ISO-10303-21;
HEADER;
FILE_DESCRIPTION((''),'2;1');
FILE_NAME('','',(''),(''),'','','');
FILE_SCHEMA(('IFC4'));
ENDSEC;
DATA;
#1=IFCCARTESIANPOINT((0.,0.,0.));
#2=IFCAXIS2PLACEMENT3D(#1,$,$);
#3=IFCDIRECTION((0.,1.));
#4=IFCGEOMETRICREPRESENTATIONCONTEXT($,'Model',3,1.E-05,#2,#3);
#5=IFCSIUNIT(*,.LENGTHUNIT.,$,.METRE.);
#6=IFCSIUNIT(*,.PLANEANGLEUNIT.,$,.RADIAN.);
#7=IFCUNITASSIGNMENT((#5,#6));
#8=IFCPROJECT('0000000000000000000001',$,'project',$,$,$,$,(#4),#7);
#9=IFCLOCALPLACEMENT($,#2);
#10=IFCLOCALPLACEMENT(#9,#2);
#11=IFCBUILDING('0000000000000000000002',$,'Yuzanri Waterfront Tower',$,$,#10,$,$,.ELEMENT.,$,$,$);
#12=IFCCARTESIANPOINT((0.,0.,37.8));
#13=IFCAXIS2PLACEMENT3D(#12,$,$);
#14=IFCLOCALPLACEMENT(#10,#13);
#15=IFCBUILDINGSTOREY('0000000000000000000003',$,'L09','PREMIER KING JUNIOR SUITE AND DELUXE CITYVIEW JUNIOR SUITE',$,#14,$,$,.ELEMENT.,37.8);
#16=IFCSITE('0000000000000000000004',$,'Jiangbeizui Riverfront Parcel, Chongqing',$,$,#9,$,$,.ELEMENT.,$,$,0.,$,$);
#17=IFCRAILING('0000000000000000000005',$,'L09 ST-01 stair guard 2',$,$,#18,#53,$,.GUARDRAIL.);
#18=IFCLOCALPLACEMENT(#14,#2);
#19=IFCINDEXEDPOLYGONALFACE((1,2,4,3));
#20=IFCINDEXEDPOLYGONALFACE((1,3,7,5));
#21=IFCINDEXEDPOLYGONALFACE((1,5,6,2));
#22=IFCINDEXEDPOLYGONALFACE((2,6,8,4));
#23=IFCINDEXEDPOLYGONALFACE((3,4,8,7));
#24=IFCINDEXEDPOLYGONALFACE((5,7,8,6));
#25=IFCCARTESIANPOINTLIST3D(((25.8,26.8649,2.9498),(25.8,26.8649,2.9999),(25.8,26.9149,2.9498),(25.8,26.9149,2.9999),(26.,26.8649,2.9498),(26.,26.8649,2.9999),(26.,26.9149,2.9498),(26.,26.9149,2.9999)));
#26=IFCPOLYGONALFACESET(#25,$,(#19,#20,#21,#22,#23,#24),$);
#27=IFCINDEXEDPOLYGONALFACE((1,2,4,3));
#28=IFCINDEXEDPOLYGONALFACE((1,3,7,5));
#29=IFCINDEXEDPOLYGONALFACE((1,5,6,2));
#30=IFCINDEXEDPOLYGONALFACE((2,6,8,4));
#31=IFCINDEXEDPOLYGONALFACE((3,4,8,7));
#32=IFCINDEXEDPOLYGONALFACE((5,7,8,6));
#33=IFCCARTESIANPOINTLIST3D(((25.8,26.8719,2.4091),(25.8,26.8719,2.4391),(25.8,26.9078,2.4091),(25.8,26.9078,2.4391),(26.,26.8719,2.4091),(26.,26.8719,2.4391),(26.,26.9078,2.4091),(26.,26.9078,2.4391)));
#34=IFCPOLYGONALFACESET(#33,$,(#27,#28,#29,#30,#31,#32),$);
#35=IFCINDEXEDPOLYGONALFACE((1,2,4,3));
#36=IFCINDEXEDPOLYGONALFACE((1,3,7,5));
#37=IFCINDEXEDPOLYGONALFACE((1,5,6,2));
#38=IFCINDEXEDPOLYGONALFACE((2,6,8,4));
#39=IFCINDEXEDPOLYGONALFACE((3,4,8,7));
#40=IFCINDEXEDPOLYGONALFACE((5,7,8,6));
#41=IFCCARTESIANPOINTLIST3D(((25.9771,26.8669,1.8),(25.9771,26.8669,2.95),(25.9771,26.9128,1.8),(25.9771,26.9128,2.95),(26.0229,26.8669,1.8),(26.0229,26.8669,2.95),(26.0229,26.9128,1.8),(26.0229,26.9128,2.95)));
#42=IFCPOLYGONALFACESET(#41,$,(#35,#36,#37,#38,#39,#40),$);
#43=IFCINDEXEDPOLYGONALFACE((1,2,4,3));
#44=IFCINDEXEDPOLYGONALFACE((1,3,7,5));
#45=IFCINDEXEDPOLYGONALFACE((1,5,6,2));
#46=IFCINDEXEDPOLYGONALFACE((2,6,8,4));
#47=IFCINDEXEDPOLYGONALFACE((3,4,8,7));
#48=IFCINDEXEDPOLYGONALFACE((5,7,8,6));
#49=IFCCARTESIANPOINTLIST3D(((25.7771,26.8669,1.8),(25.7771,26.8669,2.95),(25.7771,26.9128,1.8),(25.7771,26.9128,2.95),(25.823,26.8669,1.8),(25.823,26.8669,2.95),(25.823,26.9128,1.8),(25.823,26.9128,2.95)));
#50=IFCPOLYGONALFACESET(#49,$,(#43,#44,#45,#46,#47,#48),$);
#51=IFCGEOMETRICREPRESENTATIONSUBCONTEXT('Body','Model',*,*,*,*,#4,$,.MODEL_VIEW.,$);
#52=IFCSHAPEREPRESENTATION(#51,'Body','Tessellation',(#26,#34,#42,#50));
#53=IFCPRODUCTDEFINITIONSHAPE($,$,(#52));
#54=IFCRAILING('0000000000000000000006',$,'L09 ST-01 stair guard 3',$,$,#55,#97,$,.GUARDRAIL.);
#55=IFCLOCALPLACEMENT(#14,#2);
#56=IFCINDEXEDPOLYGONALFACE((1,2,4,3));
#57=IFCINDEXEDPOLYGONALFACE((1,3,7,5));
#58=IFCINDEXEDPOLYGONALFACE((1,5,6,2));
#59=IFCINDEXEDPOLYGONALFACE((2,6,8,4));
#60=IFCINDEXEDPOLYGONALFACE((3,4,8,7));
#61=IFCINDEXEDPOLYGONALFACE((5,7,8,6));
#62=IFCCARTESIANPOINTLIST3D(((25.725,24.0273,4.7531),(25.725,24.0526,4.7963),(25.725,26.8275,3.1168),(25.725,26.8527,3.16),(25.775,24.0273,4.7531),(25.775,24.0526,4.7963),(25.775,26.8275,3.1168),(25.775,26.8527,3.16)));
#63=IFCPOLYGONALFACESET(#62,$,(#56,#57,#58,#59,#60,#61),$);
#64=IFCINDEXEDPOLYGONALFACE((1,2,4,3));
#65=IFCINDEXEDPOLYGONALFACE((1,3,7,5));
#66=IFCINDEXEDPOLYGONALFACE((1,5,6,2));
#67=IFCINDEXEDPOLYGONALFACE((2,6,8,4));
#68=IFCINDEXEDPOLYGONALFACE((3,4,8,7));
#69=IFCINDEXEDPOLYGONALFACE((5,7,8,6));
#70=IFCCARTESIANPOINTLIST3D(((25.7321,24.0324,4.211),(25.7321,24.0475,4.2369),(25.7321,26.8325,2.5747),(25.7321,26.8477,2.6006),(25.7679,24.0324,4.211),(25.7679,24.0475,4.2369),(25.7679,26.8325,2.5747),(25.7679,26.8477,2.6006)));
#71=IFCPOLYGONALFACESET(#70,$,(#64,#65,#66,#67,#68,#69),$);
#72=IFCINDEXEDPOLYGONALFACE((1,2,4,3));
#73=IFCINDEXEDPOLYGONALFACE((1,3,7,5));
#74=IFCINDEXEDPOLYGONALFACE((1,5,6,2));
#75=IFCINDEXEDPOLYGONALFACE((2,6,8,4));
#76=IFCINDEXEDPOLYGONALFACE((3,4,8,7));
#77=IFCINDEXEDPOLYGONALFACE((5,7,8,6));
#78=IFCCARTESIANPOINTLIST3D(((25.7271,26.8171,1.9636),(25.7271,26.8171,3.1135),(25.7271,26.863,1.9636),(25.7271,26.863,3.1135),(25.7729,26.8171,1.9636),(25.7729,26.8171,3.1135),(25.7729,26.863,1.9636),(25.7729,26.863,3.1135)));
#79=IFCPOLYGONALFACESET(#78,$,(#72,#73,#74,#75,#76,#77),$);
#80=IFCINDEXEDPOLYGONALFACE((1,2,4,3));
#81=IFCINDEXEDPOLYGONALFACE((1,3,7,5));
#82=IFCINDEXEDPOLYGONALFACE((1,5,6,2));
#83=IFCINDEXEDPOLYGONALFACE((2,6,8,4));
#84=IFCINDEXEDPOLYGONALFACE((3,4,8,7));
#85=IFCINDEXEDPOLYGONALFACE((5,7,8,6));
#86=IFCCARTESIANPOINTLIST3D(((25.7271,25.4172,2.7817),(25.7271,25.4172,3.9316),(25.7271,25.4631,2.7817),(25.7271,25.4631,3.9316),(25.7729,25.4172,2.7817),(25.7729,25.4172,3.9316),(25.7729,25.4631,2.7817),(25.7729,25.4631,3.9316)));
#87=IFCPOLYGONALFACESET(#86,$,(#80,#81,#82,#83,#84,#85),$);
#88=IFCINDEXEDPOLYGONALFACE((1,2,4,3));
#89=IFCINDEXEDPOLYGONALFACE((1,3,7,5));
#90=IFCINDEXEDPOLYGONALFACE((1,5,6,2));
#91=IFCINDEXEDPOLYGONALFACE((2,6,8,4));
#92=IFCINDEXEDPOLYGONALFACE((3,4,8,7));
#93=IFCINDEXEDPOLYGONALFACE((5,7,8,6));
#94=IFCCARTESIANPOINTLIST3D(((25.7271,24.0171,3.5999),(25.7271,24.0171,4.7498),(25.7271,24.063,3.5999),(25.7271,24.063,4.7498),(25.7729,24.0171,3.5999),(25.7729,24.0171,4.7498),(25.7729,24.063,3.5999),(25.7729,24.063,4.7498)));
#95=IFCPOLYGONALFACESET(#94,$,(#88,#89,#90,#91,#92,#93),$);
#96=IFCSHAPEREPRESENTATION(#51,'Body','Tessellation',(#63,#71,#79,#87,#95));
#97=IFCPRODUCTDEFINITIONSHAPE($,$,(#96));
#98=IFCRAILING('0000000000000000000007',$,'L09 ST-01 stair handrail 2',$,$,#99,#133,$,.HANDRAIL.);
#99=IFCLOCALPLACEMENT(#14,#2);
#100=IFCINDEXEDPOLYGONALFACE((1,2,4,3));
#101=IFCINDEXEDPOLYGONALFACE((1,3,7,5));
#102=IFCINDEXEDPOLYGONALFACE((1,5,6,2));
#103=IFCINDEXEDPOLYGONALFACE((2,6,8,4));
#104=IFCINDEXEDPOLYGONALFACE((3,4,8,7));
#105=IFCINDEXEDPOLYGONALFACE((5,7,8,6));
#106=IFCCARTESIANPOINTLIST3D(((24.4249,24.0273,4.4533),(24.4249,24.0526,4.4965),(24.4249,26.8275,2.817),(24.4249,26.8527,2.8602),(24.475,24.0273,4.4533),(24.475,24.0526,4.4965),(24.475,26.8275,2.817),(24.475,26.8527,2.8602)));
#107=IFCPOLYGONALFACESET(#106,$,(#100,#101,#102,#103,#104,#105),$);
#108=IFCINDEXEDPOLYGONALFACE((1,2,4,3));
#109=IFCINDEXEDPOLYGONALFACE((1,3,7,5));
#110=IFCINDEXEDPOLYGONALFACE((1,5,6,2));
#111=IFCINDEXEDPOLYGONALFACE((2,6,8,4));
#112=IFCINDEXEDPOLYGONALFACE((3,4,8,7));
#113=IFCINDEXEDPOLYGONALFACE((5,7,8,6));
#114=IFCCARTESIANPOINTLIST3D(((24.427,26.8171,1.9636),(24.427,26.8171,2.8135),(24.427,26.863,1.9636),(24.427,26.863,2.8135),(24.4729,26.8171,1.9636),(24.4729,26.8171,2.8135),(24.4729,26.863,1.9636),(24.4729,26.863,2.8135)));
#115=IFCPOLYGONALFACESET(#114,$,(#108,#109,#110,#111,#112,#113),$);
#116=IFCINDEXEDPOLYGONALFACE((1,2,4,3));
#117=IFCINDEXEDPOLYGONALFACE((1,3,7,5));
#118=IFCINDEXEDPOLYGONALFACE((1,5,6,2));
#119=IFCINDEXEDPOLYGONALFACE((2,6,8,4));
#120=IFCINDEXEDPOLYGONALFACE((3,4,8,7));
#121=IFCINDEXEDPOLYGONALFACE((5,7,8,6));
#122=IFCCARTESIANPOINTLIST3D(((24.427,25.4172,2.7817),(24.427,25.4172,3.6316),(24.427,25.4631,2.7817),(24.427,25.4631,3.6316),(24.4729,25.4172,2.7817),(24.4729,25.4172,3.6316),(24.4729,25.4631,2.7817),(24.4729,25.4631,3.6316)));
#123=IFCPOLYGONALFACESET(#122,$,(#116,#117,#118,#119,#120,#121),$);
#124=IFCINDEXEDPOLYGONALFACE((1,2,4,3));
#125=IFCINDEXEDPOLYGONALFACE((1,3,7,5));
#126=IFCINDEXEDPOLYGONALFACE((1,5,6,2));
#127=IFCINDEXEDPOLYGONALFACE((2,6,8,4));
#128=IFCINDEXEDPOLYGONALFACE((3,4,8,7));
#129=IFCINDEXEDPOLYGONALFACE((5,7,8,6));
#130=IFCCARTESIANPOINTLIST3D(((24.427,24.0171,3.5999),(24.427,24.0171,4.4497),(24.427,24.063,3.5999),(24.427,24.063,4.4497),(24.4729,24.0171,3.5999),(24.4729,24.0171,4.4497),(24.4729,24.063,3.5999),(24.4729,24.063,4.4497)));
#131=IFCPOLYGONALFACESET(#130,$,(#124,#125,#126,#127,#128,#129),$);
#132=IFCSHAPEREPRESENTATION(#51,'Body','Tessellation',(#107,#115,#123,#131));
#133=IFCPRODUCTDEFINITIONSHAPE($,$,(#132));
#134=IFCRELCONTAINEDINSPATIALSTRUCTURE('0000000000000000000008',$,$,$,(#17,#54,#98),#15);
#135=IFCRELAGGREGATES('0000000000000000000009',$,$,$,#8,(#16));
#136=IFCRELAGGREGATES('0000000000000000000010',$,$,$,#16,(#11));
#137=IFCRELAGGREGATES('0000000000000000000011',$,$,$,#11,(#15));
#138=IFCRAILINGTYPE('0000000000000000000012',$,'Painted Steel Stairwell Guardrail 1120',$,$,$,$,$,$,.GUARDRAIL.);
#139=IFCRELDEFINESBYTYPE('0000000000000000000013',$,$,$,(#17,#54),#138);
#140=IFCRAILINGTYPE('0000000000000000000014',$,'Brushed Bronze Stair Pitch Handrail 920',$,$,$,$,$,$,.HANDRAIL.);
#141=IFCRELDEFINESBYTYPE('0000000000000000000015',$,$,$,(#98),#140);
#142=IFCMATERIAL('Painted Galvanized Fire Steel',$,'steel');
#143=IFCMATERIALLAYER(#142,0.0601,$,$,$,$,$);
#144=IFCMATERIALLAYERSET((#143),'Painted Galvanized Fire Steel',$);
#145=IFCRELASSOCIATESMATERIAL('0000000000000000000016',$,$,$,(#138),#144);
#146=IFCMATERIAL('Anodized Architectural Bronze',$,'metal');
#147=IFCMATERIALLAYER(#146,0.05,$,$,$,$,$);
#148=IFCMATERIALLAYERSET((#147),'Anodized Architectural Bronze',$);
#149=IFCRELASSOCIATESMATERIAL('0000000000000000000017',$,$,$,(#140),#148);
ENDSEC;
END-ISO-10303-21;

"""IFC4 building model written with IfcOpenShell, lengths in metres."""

from ifc_helpers import new_model, si_unit, direction, frame, origin, origin_2d, place, context, subcontext, project, spatial, rectangle, extrude, source, transform, mapped, material, layer, layer_set, type_object, element, save


model = new_model("IFC4")

# Units and contexts
model_context = context("Model", 3, precision=1e-05, world=origin(), true_north=direction((0.0, 1.0)))
body_context = subcontext(model_context, "Body", "Model", "MODEL_VIEW")
ifc_project = project(units=[si_unit("LENGTHUNIT", "METRE"), si_unit("PLANEANGLEUNIT", "RADIAN")], contexts=[model_context])

# Site, building, storey
site_placement = place(None, origin())
site = spatial("IfcSite", under=ifc_project, at=site_placement, Name="Jiangbeizui Riverfront Parcel, Chongqing", CompositionType="ELEMENT", RefElevation=0.0)
building_placement = place(site_placement, origin())
building = spatial("IfcBuilding", under=site, at=building_placement, Name="Yuzanri Waterfront Tower", CompositionType="ELEMENT")
storey_placement = place(building_placement, frame((0.0, 0.0, 37.8)))
storey = spatial("IfcBuildingStorey", under=building, at=storey_placement, Name="L09", Description="PREMIER KING JUNIOR SUITE AND DELUXE CITYVIEW JUNIOR SUITE", CompositionType="ELEMENT", Elevation=37.8)

# Railings
ifc_material_1 = material(Name="Painted Galvanized Fire Steel", Category="steel")
ifc_layer_1 = layer(ifc_material_1, 0.0601)
ifc_layer_set_1 = layer_set([ifc_layer_1], Name="Painted Galvanized Fire Steel")
railing_type_1 = type_object("IfcRailingType", Name="Painted Steel Stairwell Guardrail 1120", PredefinedType="GUARDRAIL", material=ifc_layer_set_1)
shared_shape_1 = source(origin(), body_context, "Body", "SweptSolid", [
    extrude(rectangle(XDim=0.05, YDim=0.05, at=origin_2d()), frame((0.0, 0.0, 1.1748), z_axis=(-1.0, 0.0, 0.0), x_axis=(0.0, -1.0, 0.0)), (0.0, 0.0, 1.0), 0.2),
    extrude(rectangle(XDim=0.0359, YDim=0.03, at=origin_2d()), frame((0.0, 0.0, 0.624), z_axis=(-1.0, 0.0, 0.0), x_axis=(0.0, -1.0, 0.0)), (0.0, 0.0, 1.0), 0.2),
    extrude(rectangle(XDim=0.0459, YDim=0.0459, at=origin_2d()), origin(), (0.0, 0.0, 1.0), 1.1499),
    extrude(rectangle(XDim=0.0459, YDim=0.0459, at=origin_2d()), frame((-0.2, 0.0, 0.0)), (0.0, 0.0, 1.0), 1.1499),
])
railing_1_placement = place(storey_placement, frame((26.0, 26.8899, 1.8)))
element("IfcRailing", 1, at=railing_1_placement, inside=storey, type_object=railing_type_1, Name="L09 ST-01 stair guard 2", PredefinedType="GUARDRAIL", context=body_context, shape_type="MappedRepresentation", body=[
    mapped(shared_shape_1, transform((0.0, 0.0, 0.0), scale=1.0)),
])
shared_shape_2 = source(origin(), body_context, "Body", "SweptSolid", [
    extrude(rectangle(XDim=0.05, YDim=0.05, at=origin_2d()), frame((0.0, 0.0, 1.1748), z_axis=(0.0, -0.863394, 0.504531), x_axis=(1.0, 0.0, 0.0)), (0.0, 0.0, 1.0), 3.2432),
    extrude(rectangle(XDim=0.0359, YDim=0.03, at=origin_2d()), frame((0.0, 0.0, 0.624), z_axis=(0.0, -0.863394, 0.504531), x_axis=(1.0, 0.0, 0.0)), (0.0, 0.0, 1.0), 3.2432),
    extrude(rectangle(XDim=0.0459, YDim=0.0459, at=origin_2d()), origin(), (0.0, 0.0, 1.0), 1.1499),
    extrude(rectangle(XDim=0.0459, YDim=0.0459, at=origin_2d()), frame((0.0, -1.3999, 0.8181)), (0.0, 0.0, 1.0), 1.1499),
    extrude(rectangle(XDim=0.0459, YDim=0.0459, at=origin_2d()), frame((0.0, -2.8, 1.6362)), (0.0, 0.0, 1.0), 1.1499),
])
railing_2_placement = place(storey_placement, frame((25.75, 26.8401, 1.9636)))
element("IfcRailing", 2, at=railing_2_placement, inside=storey, type_object=railing_type_1, Name="L09 ST-01 stair guard 3", PredefinedType="GUARDRAIL", context=body_context, shape_type="MappedRepresentation", body=[
    mapped(shared_shape_2, transform((0.0, 0.0, 0.0), scale=1.0)),
])
ifc_material_2 = material(Name="Anodized Architectural Bronze", Category="metal")
ifc_layer_2 = layer(ifc_material_2, 0.05)
ifc_layer_set_2 = layer_set([ifc_layer_2], Name="Anodized Architectural Bronze")
railing_type_2 = type_object("IfcRailingType", Name="Brushed Bronze Stair Pitch Handrail 920", PredefinedType="HANDRAIL", material=ifc_layer_set_2)
shared_shape_3 = source(origin(), body_context, "Body", "SweptSolid", [
    extrude(rectangle(XDim=0.05, YDim=0.05, at=origin_2d()), frame((0.0, 0.0, 0.875), z_axis=(0.0, -0.863394, 0.504531), x_axis=(1.0, 0.0, 0.0)), (0.0, 0.0, 1.0), 3.2432),
    extrude(rectangle(XDim=0.0459, YDim=0.0459, at=origin_2d()), origin(), (0.0, 0.0, 1.0), 0.8499),
    extrude(rectangle(XDim=0.0459, YDim=0.0459, at=origin_2d()), frame((0.0, -1.3999, 0.8181)), (0.0, 0.0, 1.0), 0.8499),
    extrude(rectangle(XDim=0.0459, YDim=0.0459, at=origin_2d()), frame((0.0, -2.8, 1.6362)), (0.0, 0.0, 1.0), 0.8499),
])
railing_3_placement = place(storey_placement, frame((24.45, 26.8401, 1.9636)))
element("IfcRailing", 3, at=railing_3_placement, inside=storey, type_object=railing_type_2, Name="L09 ST-01 stair handrail 2", PredefinedType="HANDRAIL", context=body_context, shape_type="MappedRepresentation", body=[
    mapped(shared_shape_3, transform((0.0, 0.0, 0.0), scale=1.0)),
])

save(model, "model.ifc")
